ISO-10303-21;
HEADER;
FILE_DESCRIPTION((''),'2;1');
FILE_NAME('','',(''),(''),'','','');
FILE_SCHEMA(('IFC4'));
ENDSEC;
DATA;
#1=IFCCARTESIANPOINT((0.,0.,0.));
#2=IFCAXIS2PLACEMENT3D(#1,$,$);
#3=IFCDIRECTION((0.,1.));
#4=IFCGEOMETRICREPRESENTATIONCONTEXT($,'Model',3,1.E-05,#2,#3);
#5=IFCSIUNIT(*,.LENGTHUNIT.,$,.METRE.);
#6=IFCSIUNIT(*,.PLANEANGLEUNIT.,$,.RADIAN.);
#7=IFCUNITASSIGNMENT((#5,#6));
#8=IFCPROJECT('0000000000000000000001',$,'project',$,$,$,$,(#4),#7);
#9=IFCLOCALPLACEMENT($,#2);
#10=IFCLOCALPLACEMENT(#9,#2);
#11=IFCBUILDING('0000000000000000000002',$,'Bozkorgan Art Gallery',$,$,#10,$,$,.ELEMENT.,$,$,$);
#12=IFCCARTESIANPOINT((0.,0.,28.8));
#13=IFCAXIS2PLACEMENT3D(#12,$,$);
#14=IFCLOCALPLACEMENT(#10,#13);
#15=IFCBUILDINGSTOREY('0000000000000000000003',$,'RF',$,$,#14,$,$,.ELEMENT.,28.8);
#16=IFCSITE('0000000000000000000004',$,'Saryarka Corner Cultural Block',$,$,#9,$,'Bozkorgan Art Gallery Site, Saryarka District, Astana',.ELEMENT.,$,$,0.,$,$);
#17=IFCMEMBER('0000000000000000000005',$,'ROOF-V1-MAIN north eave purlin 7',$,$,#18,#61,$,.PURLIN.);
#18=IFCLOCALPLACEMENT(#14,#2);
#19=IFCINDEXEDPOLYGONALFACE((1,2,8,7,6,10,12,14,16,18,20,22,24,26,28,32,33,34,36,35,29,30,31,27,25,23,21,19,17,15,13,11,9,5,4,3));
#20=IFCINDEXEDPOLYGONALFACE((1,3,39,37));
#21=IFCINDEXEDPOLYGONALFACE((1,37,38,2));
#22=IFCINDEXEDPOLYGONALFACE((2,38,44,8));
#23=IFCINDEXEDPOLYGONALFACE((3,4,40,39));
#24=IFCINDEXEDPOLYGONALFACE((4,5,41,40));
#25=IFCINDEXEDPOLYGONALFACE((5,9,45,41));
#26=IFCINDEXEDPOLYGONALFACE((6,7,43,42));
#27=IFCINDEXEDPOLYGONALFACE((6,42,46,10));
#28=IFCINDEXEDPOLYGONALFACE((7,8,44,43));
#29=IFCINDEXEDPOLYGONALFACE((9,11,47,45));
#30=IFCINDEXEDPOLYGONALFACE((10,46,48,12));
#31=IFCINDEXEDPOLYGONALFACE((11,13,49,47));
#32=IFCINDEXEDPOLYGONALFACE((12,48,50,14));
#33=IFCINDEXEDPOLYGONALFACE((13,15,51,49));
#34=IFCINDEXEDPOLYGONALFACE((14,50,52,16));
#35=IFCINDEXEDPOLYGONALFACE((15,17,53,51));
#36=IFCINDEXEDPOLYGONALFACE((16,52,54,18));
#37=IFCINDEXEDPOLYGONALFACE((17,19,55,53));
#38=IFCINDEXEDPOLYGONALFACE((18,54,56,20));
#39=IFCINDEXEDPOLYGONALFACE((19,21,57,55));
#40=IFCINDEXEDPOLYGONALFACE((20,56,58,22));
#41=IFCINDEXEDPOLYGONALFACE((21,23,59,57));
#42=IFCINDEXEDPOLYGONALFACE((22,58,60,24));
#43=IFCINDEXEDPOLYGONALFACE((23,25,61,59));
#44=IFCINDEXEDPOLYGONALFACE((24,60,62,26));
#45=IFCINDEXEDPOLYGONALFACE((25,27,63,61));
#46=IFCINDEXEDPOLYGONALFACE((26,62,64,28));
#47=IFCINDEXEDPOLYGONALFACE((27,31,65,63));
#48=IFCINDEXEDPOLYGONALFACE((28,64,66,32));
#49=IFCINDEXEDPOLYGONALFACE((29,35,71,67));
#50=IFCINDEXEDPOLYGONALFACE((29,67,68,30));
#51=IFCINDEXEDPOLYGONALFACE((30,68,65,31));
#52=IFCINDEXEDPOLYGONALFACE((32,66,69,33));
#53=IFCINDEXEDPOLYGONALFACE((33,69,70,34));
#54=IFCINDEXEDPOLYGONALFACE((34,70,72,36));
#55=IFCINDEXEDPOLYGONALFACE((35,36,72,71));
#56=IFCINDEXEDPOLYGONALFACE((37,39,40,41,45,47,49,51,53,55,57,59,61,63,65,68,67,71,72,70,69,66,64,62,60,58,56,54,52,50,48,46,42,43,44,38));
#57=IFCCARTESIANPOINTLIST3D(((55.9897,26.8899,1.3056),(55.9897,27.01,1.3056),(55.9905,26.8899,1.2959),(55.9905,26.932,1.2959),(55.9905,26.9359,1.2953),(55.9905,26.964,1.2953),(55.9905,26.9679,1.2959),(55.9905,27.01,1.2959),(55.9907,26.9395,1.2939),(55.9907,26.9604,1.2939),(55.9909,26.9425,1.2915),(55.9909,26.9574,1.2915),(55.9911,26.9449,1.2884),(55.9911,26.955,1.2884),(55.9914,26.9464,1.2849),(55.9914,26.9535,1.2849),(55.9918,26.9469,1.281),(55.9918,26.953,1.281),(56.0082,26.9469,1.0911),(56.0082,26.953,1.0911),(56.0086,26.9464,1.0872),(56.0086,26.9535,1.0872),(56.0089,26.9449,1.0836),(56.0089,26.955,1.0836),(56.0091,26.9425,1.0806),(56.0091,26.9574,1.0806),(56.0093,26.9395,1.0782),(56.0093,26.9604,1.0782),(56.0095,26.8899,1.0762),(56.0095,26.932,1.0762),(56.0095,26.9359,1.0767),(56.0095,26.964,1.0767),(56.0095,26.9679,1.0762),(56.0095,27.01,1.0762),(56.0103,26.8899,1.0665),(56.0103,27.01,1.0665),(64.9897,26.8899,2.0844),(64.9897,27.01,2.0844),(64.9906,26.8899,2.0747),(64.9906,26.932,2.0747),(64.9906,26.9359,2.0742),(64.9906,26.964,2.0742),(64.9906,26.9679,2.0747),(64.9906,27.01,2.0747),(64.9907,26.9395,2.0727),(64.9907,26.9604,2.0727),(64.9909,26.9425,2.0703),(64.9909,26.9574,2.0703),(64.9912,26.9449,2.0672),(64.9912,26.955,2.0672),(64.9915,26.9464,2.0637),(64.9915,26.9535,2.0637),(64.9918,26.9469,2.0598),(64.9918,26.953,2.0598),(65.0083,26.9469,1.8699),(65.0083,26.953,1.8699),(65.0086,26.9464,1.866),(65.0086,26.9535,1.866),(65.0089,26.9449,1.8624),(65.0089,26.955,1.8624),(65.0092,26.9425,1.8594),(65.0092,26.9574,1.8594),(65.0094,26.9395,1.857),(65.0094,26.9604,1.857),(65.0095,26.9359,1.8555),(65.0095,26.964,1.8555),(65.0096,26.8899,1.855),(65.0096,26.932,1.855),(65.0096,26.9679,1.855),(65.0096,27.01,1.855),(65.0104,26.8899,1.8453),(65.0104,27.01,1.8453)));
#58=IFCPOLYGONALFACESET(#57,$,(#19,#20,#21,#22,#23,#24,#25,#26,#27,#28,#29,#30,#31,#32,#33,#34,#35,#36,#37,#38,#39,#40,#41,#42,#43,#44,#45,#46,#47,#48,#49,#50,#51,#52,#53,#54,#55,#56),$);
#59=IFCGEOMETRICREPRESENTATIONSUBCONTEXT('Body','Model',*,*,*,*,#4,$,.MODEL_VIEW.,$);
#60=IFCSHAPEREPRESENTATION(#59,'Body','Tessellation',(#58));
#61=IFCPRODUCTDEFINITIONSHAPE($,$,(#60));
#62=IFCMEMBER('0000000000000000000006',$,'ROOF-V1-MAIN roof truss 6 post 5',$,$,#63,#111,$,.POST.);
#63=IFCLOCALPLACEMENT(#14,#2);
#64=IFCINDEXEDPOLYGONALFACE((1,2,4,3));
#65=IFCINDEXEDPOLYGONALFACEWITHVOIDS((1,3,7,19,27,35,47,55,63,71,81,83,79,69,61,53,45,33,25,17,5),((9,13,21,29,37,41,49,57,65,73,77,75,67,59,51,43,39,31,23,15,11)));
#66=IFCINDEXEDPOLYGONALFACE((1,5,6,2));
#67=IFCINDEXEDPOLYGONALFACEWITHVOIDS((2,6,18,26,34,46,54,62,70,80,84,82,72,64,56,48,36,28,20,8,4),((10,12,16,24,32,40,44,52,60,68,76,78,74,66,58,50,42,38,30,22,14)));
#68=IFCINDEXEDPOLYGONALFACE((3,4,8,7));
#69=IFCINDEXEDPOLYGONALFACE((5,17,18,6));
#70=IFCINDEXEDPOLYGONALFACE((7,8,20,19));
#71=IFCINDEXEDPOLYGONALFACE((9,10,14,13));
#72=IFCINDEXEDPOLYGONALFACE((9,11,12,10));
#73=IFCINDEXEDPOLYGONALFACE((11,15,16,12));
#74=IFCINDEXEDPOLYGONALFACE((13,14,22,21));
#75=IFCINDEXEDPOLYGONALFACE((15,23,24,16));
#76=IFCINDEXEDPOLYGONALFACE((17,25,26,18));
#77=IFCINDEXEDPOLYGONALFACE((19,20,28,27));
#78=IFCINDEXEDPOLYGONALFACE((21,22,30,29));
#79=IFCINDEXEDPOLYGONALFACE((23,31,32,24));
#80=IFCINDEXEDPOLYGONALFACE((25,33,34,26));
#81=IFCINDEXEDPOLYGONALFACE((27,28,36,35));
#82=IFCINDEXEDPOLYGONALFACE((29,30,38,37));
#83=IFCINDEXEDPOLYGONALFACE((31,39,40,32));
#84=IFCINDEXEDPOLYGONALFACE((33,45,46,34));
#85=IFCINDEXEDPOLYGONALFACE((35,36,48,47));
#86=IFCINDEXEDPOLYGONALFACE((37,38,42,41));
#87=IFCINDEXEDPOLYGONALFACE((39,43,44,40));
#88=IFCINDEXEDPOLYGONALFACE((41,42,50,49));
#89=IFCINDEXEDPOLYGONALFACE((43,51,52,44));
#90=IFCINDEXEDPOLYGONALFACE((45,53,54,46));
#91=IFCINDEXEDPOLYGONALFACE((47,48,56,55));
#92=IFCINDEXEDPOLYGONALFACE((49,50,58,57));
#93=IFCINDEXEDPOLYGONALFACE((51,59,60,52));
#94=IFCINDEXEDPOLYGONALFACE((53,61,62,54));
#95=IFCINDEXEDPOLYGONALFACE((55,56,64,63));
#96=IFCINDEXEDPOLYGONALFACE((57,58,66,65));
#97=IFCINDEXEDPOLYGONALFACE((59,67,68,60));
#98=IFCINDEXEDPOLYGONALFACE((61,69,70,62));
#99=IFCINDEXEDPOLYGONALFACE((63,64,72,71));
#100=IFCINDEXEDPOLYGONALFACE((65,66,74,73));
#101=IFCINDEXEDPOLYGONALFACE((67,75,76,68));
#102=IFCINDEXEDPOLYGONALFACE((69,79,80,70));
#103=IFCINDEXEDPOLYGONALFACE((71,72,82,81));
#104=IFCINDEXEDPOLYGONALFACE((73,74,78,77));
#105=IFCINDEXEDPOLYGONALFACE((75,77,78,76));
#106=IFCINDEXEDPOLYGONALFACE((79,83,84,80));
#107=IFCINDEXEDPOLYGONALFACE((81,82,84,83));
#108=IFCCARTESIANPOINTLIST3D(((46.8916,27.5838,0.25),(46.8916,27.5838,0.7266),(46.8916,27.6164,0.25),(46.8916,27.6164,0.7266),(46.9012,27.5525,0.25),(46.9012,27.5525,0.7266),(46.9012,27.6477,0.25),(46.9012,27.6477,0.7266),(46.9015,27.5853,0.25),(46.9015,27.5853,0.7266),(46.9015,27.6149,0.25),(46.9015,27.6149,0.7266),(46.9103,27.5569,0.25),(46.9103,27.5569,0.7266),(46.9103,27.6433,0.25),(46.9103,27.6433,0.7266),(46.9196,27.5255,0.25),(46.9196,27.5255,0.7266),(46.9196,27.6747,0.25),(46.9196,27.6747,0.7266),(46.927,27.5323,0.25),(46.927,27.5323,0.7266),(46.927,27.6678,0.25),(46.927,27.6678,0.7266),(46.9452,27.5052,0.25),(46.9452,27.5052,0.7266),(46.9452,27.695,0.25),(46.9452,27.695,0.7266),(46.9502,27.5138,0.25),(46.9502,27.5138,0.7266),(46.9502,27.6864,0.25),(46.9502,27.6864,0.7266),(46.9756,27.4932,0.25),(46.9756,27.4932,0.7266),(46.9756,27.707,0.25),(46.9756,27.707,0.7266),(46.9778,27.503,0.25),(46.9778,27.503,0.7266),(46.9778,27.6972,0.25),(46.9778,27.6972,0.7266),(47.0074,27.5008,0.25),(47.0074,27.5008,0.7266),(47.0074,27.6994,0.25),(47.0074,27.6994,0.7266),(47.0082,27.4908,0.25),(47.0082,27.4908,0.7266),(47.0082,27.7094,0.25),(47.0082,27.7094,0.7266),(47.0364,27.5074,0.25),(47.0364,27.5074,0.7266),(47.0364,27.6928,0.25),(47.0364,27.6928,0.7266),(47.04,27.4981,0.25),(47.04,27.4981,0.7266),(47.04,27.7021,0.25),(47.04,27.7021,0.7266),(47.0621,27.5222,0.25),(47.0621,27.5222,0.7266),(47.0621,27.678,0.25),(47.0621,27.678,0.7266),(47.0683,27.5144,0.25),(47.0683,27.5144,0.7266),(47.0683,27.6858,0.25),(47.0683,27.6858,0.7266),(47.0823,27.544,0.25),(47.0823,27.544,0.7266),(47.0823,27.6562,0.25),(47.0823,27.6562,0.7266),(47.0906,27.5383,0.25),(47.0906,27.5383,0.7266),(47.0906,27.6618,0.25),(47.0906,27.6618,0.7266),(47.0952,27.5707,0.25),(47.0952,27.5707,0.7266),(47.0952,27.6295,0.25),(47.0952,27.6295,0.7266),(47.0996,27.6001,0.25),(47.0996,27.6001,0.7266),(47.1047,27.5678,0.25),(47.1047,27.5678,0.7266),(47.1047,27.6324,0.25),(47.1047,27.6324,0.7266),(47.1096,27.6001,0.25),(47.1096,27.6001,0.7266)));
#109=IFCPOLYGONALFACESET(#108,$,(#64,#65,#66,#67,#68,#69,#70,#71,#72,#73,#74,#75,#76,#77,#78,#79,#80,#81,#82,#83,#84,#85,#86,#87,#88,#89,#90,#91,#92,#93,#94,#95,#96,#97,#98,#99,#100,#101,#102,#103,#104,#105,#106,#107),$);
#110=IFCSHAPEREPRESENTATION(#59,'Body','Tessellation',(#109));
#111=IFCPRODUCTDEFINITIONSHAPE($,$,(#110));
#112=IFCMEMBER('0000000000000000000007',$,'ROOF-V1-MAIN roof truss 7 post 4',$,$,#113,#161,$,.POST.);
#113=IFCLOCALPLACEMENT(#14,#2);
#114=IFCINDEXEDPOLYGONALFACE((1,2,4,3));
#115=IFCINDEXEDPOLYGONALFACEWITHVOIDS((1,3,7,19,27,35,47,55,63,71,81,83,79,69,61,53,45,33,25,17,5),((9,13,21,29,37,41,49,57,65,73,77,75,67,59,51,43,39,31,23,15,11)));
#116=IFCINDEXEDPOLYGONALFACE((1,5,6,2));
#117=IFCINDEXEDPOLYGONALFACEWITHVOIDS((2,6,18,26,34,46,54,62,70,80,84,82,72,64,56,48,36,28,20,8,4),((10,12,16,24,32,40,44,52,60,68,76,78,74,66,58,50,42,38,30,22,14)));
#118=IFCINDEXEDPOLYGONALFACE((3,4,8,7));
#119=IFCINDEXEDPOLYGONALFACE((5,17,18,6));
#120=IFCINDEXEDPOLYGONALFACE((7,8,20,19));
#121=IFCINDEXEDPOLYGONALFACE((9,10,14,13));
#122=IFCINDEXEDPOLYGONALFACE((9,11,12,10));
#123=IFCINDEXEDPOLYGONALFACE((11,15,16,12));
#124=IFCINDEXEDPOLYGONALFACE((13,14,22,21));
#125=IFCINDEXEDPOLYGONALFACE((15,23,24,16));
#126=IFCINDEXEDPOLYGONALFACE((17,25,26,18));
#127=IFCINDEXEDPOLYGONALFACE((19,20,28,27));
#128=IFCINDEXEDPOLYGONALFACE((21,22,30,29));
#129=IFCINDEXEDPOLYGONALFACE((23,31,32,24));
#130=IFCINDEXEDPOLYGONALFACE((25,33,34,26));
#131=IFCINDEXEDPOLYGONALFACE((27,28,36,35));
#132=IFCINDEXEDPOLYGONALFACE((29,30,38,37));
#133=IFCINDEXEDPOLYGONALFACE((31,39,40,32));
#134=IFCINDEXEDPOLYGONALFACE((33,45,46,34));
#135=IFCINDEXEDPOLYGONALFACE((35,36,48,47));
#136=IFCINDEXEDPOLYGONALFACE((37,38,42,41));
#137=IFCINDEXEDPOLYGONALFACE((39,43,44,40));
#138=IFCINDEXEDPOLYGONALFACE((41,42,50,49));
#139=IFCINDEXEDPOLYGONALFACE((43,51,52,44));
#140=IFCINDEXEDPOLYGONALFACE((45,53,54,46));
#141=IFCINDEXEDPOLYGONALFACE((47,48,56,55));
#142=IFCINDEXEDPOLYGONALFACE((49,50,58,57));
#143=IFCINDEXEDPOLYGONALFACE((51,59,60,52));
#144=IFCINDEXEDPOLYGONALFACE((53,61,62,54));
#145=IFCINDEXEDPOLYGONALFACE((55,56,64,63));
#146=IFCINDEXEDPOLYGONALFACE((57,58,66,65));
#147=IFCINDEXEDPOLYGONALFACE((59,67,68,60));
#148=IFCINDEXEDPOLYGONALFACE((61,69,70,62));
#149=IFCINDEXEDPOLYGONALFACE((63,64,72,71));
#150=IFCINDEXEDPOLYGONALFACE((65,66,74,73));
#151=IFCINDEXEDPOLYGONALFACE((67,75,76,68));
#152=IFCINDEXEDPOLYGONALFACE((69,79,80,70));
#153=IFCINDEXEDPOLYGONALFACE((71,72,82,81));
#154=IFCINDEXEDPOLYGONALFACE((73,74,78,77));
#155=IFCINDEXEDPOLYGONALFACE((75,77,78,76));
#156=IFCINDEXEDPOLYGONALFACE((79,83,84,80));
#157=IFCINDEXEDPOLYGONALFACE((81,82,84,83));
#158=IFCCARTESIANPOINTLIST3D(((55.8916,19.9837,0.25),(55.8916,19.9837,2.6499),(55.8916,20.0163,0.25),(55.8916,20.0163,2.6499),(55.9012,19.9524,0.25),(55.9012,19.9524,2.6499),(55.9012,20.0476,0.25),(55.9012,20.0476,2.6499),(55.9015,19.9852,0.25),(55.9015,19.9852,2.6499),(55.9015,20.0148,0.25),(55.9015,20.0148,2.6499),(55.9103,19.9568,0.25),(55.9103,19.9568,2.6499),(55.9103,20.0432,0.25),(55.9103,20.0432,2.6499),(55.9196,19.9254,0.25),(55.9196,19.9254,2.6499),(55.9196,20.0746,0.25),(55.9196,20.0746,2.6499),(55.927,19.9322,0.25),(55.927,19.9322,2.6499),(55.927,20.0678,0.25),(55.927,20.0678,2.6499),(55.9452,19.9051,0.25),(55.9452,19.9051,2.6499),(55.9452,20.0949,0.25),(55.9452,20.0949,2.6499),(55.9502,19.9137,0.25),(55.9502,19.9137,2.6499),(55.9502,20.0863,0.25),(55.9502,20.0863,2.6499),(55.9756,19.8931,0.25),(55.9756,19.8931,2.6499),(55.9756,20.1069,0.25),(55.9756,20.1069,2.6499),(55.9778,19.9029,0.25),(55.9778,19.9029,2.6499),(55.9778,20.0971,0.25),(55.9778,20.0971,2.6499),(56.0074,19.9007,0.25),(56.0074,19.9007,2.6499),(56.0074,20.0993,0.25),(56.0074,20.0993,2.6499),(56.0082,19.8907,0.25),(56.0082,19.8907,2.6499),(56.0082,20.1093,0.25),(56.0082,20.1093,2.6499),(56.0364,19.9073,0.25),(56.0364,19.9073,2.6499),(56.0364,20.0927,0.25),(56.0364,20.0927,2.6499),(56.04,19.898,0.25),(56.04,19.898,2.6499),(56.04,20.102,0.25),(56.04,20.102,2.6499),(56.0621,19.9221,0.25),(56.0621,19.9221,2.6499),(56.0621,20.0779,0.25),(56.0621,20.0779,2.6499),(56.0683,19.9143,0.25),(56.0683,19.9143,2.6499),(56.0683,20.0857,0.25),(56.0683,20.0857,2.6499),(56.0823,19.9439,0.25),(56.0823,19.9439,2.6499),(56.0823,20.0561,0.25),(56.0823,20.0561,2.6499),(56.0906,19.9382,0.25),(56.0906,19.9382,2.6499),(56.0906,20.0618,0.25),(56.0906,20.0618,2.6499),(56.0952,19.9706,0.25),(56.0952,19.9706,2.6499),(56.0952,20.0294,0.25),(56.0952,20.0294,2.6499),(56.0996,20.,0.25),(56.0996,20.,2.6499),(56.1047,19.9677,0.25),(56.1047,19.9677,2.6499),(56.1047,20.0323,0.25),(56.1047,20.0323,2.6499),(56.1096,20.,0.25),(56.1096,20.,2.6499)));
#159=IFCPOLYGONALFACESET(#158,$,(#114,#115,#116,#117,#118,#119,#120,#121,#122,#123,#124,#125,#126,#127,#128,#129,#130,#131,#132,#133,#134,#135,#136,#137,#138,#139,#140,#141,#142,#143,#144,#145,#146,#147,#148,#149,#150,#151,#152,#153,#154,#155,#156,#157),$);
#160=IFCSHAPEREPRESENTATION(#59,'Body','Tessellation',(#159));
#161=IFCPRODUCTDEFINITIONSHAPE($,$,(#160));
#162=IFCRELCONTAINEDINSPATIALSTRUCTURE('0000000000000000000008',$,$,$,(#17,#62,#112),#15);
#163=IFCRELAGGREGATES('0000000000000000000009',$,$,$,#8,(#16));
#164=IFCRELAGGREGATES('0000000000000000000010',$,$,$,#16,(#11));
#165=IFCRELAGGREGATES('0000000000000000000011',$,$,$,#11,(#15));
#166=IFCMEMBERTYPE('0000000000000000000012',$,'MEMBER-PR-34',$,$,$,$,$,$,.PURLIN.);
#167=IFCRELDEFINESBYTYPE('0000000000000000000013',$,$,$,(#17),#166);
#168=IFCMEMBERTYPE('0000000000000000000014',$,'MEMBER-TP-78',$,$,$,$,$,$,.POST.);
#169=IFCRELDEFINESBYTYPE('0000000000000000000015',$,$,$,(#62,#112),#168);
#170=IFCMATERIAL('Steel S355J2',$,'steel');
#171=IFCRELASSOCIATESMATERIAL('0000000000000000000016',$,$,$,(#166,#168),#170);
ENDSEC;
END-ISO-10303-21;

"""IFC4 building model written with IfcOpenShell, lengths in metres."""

from ifc_helpers import new_model, si_unit, direction, frame, origin, origin_2d, place, context, subcontext, project, spatial, hollow_circle, i_section, extrude, material, material_profile, profile_set, type_object, element, save


model = new_model("IFC4")

# Units and contexts
model_context = context("Model", 3, precision=1e-05, world=origin(), true_north=direction((0.0, 1.0)))
body_context = subcontext(model_context, "Body", "Model", "MODEL_VIEW")
ifc_project = project(units=[si_unit("LENGTHUNIT", "METRE"), si_unit("PLANEANGLEUNIT", "RADIAN")], contexts=[model_context])

# Site, building, storey
site_placement = place(None, origin())
site = spatial("IfcSite", under=ifc_project, at=site_placement, Name="Saryarka Corner Cultural Block", LongName="Bozkorgan Art Gallery Site, Saryarka District, Astana", CompositionType="ELEMENT", RefElevation=0.0)
building_placement = place(site_placement, origin())
building = spatial("IfcBuilding", under=site, at=building_placement, Name="Bozkorgan Art Gallery", CompositionType="ELEMENT")
storey_placement = place(building_placement, frame((0.0, 0.0, 28.8)))
storey = spatial("IfcBuildingStorey", under=building, at=storey_placement, Name="RF", CompositionType="ELEMENT", Elevation=28.8)

# Members
ifc_material_1 = material(Name="Steel S355J2", Category="steel")
ifc_material_profile_1 = material_profile(ifc_material_1, i_section(OverallWidth=0.1201, OverallDepth=0.24, WebThickness=0.0061, FlangeThickness=0.0098, FilletRadius=0.0149, at=origin_2d()), Name="IPE 240")
ifc_profile_set_1 = profile_set([ifc_material_profile_1], Name="Steel S355J2")
member_type_1 = type_object("IfcMemberType", Name="MEMBER-PR-34", PredefinedType="PURLIN", material=ifc_profile_set_1)
member_1_placement = place(storey_placement, frame((56.0, 26.95, 1.186), z_axis=(0.996277, 0.0, 0.086212), x_axis=(0.0, 1.0, 0.0)))
element("IfcMember", 1, at=member_1_placement, inside=storey, type_object=member_type_1, Name="ROOF-V1-MAIN north eave purlin 7", PredefinedType="PURLIN", context=body_context, shape_type="SweptSolid", body=[
    extrude(i_section(OverallWidth=0.1201, OverallDepth=0.24, WebThickness=0.0061, FlangeThickness=0.0098, FilletRadius=0.0149, at=origin_2d()), origin(), (0.0, 0.0, 1.0), 9.0337),
])
ifc_material_profile_2 = material_profile(ifc_material_1, hollow_circle(Radius=0.1096, WallThickness=0.01, at=origin_2d()), Name="CHS 219.1x10")
ifc_profile_set_2 = profile_set([ifc_material_profile_2], Name="Steel S355J2")
member_type_2 = type_object("IfcMemberType", Name="MEMBER-TP-78", PredefinedType="POST", material=ifc_profile_set_2)
member_2_placement = place(storey_placement, frame((47.0, 27.6001, 0.25), z_axis=(0.0, 0.0, 1.0), x_axis=(1.0, 0.0, 0.0)))
element("IfcMember", 2, at=member_2_placement, inside=storey, type_object=member_type_2, Name="ROOF-V1-MAIN roof truss 6 post 5", PredefinedType="POST", context=body_context, shape_type="SweptSolid", body=[
    extrude(hollow_circle(Radius=0.1096, WallThickness=0.01, at=origin_2d()), origin(), (0.0, 0.0, 1.0), 0.4766),
])
member_3_placement = place(storey_placement, frame((56.0, 20.0, 0.25), z_axis=(0.0, 0.0, 1.0), x_axis=(1.0, 0.0, 0.0)))
element("IfcMember", 3, at=member_3_placement, inside=storey, type_object=member_type_2, Name="ROOF-V1-MAIN roof truss 7 post 4", PredefinedType="POST", context=body_context, shape_type="SweptSolid", body=[
    extrude(hollow_circle(Radius=0.1096, WallThickness=0.01, at=origin_2d()), origin(), (0.0, 0.0, 1.0), 2.3999),
])

save(model, "model.ifc")
